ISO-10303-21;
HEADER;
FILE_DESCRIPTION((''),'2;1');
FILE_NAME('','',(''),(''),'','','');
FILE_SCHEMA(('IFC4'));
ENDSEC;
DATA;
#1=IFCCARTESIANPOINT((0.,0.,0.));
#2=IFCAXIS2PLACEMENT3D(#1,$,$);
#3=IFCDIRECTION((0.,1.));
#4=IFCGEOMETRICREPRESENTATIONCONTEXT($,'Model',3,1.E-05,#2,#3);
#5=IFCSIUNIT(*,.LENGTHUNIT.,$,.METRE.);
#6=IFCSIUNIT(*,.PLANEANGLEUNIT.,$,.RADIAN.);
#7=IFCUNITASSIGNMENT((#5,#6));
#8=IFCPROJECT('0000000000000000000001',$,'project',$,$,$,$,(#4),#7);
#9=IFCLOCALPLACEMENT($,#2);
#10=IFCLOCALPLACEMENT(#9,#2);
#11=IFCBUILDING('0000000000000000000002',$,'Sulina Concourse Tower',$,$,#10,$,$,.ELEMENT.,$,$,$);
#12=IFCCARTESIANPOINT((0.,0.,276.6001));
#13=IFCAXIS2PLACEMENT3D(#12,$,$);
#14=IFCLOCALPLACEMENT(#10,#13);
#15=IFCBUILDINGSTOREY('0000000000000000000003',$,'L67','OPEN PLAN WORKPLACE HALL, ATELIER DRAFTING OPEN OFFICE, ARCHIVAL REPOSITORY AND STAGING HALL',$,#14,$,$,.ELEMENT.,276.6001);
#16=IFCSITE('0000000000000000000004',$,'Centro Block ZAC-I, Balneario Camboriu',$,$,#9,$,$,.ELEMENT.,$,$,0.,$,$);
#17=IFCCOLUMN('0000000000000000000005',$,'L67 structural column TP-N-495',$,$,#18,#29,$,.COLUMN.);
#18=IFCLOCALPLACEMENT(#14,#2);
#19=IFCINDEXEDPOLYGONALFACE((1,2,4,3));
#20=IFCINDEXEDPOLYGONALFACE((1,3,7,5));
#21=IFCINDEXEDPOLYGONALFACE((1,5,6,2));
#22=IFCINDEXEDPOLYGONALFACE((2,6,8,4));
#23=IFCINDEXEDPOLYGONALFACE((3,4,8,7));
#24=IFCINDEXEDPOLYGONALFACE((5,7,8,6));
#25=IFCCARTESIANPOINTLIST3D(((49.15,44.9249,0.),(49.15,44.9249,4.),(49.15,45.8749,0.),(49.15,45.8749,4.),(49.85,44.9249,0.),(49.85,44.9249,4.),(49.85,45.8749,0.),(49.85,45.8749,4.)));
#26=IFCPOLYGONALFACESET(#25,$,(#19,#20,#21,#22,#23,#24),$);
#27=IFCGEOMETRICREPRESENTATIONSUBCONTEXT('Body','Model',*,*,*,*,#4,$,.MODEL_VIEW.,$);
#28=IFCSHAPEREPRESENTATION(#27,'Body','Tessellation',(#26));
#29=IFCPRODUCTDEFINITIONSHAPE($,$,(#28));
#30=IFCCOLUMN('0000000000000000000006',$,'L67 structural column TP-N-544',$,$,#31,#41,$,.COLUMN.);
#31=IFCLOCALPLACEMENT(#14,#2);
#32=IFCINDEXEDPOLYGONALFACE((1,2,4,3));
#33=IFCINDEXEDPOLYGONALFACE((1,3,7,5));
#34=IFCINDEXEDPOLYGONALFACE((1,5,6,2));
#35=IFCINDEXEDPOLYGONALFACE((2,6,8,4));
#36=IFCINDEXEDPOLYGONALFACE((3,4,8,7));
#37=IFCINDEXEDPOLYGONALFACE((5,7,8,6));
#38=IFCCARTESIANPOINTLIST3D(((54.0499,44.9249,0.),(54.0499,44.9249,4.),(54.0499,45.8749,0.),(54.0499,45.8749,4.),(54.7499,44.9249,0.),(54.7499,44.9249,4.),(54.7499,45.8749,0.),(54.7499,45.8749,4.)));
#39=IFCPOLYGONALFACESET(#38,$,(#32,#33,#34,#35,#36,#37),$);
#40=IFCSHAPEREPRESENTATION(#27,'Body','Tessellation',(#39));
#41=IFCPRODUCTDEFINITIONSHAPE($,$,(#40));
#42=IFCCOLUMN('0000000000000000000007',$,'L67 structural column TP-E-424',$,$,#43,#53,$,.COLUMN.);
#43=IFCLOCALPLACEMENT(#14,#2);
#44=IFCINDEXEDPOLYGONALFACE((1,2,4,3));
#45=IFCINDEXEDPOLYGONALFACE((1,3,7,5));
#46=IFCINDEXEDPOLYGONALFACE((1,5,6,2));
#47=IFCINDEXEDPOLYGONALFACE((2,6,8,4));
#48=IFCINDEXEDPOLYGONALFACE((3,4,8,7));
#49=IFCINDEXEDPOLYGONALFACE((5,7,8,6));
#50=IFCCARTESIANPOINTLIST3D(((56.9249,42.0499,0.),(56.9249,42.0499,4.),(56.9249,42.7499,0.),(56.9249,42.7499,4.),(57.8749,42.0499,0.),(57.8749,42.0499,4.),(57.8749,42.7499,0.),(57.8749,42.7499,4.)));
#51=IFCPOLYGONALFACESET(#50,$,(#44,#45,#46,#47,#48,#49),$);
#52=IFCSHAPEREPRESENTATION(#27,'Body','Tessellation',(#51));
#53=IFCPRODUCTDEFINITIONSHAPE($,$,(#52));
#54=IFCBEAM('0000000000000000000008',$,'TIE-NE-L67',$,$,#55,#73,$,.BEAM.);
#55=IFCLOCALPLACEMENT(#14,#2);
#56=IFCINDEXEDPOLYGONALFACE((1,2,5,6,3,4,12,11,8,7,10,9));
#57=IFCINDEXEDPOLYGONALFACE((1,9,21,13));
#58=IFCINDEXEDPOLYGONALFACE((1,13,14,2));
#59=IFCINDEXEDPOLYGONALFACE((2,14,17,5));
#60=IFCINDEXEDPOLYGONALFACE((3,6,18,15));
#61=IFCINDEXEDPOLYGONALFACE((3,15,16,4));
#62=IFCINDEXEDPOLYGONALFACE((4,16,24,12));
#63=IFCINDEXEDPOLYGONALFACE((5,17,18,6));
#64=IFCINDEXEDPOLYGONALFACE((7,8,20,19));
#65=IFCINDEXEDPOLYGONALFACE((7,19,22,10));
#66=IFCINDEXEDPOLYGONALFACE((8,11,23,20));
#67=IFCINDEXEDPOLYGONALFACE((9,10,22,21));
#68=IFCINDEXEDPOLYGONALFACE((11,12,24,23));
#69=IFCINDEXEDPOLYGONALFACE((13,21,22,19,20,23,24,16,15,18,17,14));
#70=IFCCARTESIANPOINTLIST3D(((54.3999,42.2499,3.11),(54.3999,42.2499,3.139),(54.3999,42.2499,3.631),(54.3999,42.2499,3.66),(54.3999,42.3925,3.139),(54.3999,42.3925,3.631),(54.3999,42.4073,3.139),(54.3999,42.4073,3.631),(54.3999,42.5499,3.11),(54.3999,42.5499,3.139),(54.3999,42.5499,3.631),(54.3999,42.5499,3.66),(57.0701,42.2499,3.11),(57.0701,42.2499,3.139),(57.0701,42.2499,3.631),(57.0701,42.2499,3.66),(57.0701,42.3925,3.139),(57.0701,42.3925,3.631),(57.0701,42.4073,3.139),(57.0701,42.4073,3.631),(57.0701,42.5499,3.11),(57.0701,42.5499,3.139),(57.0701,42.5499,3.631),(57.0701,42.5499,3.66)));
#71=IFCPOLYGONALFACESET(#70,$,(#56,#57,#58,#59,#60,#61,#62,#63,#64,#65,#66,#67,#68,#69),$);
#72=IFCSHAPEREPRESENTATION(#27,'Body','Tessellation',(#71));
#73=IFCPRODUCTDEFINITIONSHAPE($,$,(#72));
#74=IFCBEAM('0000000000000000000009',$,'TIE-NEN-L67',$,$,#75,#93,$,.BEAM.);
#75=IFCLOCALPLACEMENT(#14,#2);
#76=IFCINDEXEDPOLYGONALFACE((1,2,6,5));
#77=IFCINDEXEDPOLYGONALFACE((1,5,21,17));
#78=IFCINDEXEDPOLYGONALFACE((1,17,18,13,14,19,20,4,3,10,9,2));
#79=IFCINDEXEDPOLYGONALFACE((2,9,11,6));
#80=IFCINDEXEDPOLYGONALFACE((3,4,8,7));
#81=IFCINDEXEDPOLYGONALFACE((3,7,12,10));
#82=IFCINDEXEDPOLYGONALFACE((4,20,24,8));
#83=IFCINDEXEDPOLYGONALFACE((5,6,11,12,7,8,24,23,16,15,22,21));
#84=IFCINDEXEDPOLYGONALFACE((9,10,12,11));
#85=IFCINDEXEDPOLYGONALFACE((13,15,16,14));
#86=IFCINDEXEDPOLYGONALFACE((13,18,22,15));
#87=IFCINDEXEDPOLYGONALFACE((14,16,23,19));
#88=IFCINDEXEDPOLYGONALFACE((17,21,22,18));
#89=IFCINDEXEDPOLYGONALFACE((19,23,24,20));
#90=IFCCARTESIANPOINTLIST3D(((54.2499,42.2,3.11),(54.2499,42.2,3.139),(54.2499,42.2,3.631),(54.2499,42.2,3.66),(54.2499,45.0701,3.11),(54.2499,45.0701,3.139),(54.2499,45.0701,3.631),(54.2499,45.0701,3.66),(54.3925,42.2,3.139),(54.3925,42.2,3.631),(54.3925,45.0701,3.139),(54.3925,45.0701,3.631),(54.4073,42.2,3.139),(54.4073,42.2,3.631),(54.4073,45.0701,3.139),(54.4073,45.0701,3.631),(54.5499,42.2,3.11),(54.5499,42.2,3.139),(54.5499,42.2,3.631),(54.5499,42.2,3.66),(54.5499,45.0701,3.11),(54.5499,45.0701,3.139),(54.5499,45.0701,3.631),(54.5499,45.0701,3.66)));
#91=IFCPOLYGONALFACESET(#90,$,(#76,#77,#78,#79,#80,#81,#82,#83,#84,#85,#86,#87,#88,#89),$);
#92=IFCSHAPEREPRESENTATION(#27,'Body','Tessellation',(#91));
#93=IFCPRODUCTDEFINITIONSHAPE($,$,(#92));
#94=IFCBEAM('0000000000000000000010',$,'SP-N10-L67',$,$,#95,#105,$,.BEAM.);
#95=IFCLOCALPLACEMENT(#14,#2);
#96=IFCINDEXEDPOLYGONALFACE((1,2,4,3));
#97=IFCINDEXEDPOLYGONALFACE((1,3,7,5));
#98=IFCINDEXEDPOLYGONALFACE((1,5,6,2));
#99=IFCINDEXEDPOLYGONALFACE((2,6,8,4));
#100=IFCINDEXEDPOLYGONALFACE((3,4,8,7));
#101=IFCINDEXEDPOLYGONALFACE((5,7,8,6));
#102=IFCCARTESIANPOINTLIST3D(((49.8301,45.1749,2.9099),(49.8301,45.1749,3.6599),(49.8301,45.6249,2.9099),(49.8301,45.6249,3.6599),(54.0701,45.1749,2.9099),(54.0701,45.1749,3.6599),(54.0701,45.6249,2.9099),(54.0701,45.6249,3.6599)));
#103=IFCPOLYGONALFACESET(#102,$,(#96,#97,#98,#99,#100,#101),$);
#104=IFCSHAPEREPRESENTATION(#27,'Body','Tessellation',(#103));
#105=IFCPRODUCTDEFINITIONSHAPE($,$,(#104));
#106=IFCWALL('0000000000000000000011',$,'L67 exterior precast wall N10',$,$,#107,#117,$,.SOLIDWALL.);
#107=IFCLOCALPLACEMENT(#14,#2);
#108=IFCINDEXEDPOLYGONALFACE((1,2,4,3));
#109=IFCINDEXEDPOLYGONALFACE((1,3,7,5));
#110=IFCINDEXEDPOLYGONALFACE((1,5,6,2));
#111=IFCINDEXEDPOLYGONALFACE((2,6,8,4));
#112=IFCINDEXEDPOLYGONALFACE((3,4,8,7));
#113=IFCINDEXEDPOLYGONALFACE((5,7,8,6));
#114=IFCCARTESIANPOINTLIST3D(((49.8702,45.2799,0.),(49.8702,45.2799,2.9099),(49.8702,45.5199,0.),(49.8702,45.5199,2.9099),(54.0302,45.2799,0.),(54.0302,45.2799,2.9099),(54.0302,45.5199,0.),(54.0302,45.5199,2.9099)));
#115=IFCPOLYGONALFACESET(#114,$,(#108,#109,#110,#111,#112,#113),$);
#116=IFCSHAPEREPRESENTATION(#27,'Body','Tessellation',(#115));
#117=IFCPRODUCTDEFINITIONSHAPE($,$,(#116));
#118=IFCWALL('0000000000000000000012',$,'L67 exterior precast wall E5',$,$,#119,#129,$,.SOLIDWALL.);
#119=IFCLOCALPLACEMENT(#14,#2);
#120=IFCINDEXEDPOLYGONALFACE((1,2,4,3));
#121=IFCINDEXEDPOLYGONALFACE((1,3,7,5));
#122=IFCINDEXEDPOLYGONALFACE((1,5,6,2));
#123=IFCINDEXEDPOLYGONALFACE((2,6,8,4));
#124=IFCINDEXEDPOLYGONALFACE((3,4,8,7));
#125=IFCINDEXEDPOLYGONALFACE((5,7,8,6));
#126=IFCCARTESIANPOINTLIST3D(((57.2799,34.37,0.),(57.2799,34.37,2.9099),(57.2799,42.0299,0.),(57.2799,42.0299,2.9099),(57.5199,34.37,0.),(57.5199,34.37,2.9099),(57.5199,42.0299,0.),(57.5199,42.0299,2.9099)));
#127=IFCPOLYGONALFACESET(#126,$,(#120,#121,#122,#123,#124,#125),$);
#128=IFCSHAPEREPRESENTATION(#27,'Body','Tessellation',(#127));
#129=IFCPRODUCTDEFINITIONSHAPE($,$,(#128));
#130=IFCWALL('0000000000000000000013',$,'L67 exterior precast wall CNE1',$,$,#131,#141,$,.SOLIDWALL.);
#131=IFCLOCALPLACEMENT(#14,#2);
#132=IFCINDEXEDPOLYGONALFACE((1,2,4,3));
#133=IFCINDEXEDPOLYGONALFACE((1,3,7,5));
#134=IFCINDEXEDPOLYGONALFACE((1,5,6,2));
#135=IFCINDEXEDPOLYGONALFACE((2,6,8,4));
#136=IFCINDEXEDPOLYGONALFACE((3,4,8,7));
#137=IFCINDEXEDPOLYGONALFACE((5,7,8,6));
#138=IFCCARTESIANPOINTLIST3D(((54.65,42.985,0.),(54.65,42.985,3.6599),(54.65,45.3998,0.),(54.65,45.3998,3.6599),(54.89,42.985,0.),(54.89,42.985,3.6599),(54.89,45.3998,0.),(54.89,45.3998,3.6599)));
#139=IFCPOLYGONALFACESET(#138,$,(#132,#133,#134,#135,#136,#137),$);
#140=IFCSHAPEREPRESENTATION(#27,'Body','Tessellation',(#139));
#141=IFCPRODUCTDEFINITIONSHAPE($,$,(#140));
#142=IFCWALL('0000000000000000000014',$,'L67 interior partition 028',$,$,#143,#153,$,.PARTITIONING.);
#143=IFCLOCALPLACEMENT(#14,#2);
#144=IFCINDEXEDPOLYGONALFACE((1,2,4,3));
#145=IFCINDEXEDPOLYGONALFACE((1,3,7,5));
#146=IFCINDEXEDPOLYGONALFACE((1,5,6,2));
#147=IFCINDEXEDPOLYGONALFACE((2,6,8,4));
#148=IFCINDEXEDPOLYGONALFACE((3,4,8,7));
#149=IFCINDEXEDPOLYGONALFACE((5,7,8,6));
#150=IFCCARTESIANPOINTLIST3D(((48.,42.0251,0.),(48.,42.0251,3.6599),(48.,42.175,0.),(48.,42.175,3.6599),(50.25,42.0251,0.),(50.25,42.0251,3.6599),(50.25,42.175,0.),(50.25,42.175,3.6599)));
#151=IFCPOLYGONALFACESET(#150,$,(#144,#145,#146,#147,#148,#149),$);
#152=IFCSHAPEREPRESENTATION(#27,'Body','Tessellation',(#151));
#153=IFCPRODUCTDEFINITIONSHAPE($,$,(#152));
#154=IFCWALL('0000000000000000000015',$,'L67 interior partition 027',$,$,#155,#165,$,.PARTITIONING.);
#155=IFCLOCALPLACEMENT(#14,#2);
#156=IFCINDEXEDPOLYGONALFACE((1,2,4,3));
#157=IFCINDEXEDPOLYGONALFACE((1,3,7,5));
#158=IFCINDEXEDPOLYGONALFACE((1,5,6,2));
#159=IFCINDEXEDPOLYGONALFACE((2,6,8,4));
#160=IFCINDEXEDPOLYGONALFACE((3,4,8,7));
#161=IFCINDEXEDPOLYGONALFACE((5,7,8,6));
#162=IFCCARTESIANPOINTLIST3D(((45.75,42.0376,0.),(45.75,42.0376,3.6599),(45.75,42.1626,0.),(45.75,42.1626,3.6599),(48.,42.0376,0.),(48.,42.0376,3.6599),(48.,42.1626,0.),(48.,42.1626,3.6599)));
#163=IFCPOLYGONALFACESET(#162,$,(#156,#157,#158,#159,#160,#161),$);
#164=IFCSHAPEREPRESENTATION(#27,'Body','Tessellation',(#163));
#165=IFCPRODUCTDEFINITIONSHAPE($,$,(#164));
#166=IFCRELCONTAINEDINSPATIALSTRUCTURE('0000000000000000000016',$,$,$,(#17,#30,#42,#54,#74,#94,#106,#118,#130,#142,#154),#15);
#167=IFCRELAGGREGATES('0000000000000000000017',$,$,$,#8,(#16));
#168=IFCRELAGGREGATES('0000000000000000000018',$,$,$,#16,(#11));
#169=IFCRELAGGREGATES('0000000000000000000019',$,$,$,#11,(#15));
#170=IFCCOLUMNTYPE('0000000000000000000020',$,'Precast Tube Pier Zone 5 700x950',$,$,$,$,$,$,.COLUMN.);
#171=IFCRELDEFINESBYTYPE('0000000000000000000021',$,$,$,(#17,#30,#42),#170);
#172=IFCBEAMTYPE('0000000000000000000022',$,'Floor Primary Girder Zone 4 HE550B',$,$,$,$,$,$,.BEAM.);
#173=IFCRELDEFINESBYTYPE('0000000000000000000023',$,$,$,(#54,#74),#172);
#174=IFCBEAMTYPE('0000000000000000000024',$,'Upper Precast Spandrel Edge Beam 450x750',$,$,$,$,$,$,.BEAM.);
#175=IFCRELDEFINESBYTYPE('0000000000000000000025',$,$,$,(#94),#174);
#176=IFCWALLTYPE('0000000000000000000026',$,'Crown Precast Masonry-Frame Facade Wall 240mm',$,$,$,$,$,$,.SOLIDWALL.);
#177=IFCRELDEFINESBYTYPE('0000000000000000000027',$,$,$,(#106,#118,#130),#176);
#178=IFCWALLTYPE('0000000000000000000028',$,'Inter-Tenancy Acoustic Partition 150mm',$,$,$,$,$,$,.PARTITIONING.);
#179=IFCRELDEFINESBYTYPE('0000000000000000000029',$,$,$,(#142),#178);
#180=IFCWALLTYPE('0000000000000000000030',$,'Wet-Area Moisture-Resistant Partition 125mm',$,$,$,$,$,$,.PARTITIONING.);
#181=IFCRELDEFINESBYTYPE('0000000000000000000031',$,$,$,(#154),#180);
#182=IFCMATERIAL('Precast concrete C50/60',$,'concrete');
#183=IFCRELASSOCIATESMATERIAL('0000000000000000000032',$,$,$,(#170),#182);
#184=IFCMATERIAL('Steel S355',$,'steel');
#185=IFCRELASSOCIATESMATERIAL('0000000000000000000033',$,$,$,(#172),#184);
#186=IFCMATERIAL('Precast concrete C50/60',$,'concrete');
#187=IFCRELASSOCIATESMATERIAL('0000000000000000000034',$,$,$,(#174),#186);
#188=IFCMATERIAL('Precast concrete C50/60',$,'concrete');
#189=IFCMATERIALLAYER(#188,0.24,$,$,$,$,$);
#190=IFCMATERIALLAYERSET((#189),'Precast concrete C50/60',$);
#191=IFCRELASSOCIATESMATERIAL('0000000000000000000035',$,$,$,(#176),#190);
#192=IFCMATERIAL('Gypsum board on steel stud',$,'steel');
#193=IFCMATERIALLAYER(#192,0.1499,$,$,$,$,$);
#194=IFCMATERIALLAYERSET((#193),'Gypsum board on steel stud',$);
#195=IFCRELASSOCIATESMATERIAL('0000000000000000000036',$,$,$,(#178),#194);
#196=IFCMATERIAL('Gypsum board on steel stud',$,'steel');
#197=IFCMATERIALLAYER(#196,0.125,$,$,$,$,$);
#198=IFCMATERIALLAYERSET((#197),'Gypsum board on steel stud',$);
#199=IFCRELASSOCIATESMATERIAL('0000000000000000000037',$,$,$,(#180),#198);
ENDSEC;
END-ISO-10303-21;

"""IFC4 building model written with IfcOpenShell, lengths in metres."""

from ifc_helpers import new_model, si_unit, direction, frame, frame_2d, origin, origin_2d, place, context, subcontext, project, spatial, rectangle, i_section, extrude, material, layer, layer_set, material_profile, profile_set, type_object, element, save


model = new_model("IFC4")

# Units and contexts
model_context = context("Model", 3, precision=1e-05, world=origin(), true_north=direction((0.0, 1.0)))
body_context = subcontext(model_context, "Body", "Model", "MODEL_VIEW")
ifc_project = project(units=[si_unit("LENGTHUNIT", "METRE"), si_unit("PLANEANGLEUNIT", "RADIAN")], contexts=[model_context])

# Site, building, storey
site_placement = place(None, origin())
site = spatial("IfcSite", under=ifc_project, at=site_placement, Name="Centro Block ZAC-I, Balneario Camboriu", CompositionType="ELEMENT", RefElevation=0.0)
building_placement = place(site_placement, origin())
building = spatial("IfcBuilding", under=site, at=building_placement, Name="Sulina Concourse Tower", CompositionType="ELEMENT")
storey_placement = place(building_placement, frame((0.0, 0.0, 276.6001)))
storey = spatial("IfcBuildingStorey", under=building, at=storey_placement, Name="L67", Description="OPEN PLAN WORKPLACE HALL, ATELIER DRAFTING OPEN OFFICE, ARCHIVAL REPOSITORY AND STAGING HALL", CompositionType="ELEMENT", Elevation=276.6001)

# Columns
ifc_material_1 = material(Name="Precast concrete C50/60", Category="concrete")
ifc_material_profile_1 = material_profile(ifc_material_1, rectangle(XDim=0.7, YDim=0.95, at=origin_2d()), Name="PC 700x950")
ifc_profile_set_1 = profile_set([ifc_material_profile_1], Name="Precast concrete C50/60")
column_type = type_object("IfcColumnType", Name="Precast Tube Pier Zone 5 700x950", PredefinedType="COLUMN", material=ifc_profile_set_1)
for number, where, z_axis, x_axis, name in (
    (1, (49.5, 45.3999, 0.0), (0.0, 0.0, 1.0), (1.0, 0.0, 0.0), "L67 structural column TP-N-495"),
    (2, (54.3999, 45.3999, 0.0), (0.0, 0.0, 1.0), (1.0, 0.0, 0.0), "L67 structural column TP-N-544"),
    (3, (57.3999, 42.3999, 0.0), (0.0, 0.0, 1.0), (0.0, 1.0, 0.0), "L67 structural column TP-E-424"),
):
    element("IfcColumn", number, at=place(storey_placement, frame(where, z_axis=z_axis, x_axis=x_axis)), inside=storey, type_object=column_type, Name=name, PredefinedType="COLUMN", context=body_context, shape_type="SweptSolid", body=[
        extrude(rectangle(XDim=0.7, YDim=0.95, at=origin_2d()), origin(), (0.0, 0.0, 1.0), 4.0),
    ])

# Beams
ifc_material_2 = material(Name="Steel S355", Category="steel")
ifc_material_profile_2 = material_profile(ifc_material_2, i_section(OverallWidth=0.3, OverallDepth=0.55, WebThickness=0.0149, FlangeThickness=0.0291, at=origin_2d()), Name="HE 550 B")
ifc_profile_set_2 = profile_set([ifc_material_profile_2], Name="Steel S355")
beam_type_1 = type_object("IfcBeamType", Name="Floor Primary Girder Zone 4 HE550B", PredefinedType="BEAM", material=ifc_profile_set_2)
beam_1_placement = place(storey_placement, frame((54.3999, 42.3999, 3.385), z_axis=(1.0, 0.0, 0.0), x_axis=(0.0, 1.0, 0.0)))
element("IfcBeam", 4, at=beam_1_placement, inside=storey, type_object=beam_type_1, Name="TIE-NE-L67", PredefinedType="BEAM", context=body_context, shape_type="SweptSolid", body=[
    extrude(i_section(OverallWidth=0.3, OverallDepth=0.55, WebThickness=0.0149, FlangeThickness=0.0291, at=origin_2d()), origin(), (0.0, 0.0, 1.0), 2.6702),
])
beam_2_placement = place(storey_placement, frame((54.3999, 42.2, 3.385), z_axis=(0.0, 1.0, 0.0), x_axis=(-1.0, 0.0, 0.0)))
element("IfcBeam", 5, at=beam_2_placement, inside=storey, type_object=beam_type_1, Name="TIE-NEN-L67", PredefinedType="BEAM", context=body_context, shape_type="SweptSolid", body=[
    extrude(i_section(OverallWidth=0.3, OverallDepth=0.55, WebThickness=0.0149, FlangeThickness=0.0291, at=origin_2d()), origin(), (0.0, 0.0, 1.0), 2.8701),
])
ifc_material_3 = material(Name="Precast concrete C50/60", Category="concrete")
ifc_material_profile_3 = material_profile(ifc_material_3, rectangle(XDim=0.45, YDim=0.75, at=origin_2d()), Name="RC 450x750")
ifc_profile_set_3 = profile_set([ifc_material_profile_3], Name="Precast concrete C50/60")
beam_type_2 = type_object("IfcBeamType", Name="Upper Precast Spandrel Edge Beam 450x750", PredefinedType="BEAM", material=ifc_profile_set_3)
beam_3_placement = place(storey_placement, frame((49.8301, 45.3999, 3.2849), z_axis=(1.0, 0.0, 0.0), x_axis=(0.0, 1.0, 0.0)))
element("IfcBeam", 6, at=beam_3_placement, inside=storey, type_object=beam_type_2, Name="SP-N10-L67", PredefinedType="BEAM", context=body_context, shape_type="SweptSolid", body=[
    extrude(rectangle(XDim=0.45, YDim=0.75, at=origin_2d()), origin(), (0.0, 0.0, 1.0), 4.24),
])

# Walls
ifc_material_4 = material(Name="Precast concrete C50/60", Category="concrete")
ifc_layer_1 = layer(ifc_material_4, 0.24)
ifc_layer_set_1 = layer_set([ifc_layer_1], Name="Precast concrete C50/60")
wall_type_1 = type_object("IfcWallType", Name="Crown Precast Masonry-Frame Facade Wall 240mm", PredefinedType="SOLIDWALL", material=ifc_layer_set_1)
wall_1_placement = place(storey_placement, frame((49.8701, 45.3999, 0.0), z_axis=(0.0, 0.0, 1.0), x_axis=(1.0, 0.0, 0.0)))
element("IfcWall", 7, at=wall_1_placement, inside=storey, type_object=wall_type_1, Name="L67 exterior precast wall N10", PredefinedType="SOLIDWALL", context=body_context, shape_type="SweptSolid", body=[
    extrude(rectangle(XDim=4.1599, YDim=0.24, at=frame_2d((2.0801, 0.0))), origin(), (0.0, 0.0, 1.0), 2.9099),
])
wall_2_placement = place(storey_placement, frame((57.3999, 42.03, 0.0), z_axis=(0.0, 0.0, 1.0), x_axis=(0.0, -1.0, 0.0)))
element("IfcWall", 8, at=wall_2_placement, inside=storey, type_object=wall_type_1, Name="L67 exterior precast wall E5", PredefinedType="SOLIDWALL", context=body_context, shape_type="SweptSolid", body=[
    extrude(rectangle(XDim=7.6599, YDim=0.24, at=frame_2d((3.8301, 0.0))), origin(), (0.0, 0.0, 1.0), 2.9099),
])
wall_3_placement = place(storey_placement, frame((54.77, 45.3999, 0.0), z_axis=(0.0, 0.0, 1.0), x_axis=(0.0, -1.0, 0.0)))
element("IfcWall", 9, at=wall_3_placement, inside=storey, type_object=wall_type_1, Name="L67 exterior precast wall CNE1", PredefinedType="SOLIDWALL", context=body_context, shape_type="SweptSolid", body=[
    extrude(rectangle(XDim=2.4148, YDim=0.24, at=frame_2d((1.2075, 0.0))), origin(), (0.0, 0.0, 1.0), 3.6599),
])
ifc_material_5 = material(Name="Gypsum board on steel stud", Category="steel")
ifc_layer_2 = layer(ifc_material_5, 0.1499)
ifc_layer_set_2 = layer_set([ifc_layer_2], Name="Gypsum board on steel stud")
wall_type_2 = type_object("IfcWallType", Name="Inter-Tenancy Acoustic Partition 150mm", PredefinedType="PARTITIONING", material=ifc_layer_set_2)
wall_4_placement = place(storey_placement, frame((48.0, 42.1001, 0.0), z_axis=(0.0, 0.0, 1.0), x_axis=(1.0, 0.0, 0.0)))
element("IfcWall", 10, at=wall_4_placement, inside=storey, type_object=wall_type_2, Name="L67 interior partition 028", PredefinedType="PARTITIONING", context=body_context, shape_type="SweptSolid", body=[
    extrude(rectangle(XDim=2.25, YDim=0.1499, at=frame_2d((1.125, 0.0))), origin(), (0.0, 0.0, 1.0), 3.6599),
])
ifc_material_6 = material(Name="Gypsum board on steel stud", Category="steel")
ifc_layer_3 = layer(ifc_material_6, 0.125)
ifc_layer_set_3 = layer_set([ifc_layer_3], Name="Gypsum board on steel stud")
wall_type_3 = type_object("IfcWallType", Name="Wet-Area Moisture-Resistant Partition 125mm", PredefinedType="PARTITIONING", material=ifc_layer_set_3)
wall_5_placement = place(storey_placement, frame((45.75, 42.1001, 0.0), z_axis=(0.0, 0.0, 1.0), x_axis=(1.0, 0.0, 0.0)))
element("IfcWall", 11, at=wall_5_placement, inside=storey, type_object=wall_type_3, Name="L67 interior partition 027", PredefinedType="PARTITIONING", context=body_context, shape_type="SweptSolid", body=[
    extrude(rectangle(XDim=2.25, YDim=0.125, at=frame_2d((1.125, 0.0))), origin(), (0.0, 0.0, 1.0), 3.6599),
])

save(model, "model.ifc")
